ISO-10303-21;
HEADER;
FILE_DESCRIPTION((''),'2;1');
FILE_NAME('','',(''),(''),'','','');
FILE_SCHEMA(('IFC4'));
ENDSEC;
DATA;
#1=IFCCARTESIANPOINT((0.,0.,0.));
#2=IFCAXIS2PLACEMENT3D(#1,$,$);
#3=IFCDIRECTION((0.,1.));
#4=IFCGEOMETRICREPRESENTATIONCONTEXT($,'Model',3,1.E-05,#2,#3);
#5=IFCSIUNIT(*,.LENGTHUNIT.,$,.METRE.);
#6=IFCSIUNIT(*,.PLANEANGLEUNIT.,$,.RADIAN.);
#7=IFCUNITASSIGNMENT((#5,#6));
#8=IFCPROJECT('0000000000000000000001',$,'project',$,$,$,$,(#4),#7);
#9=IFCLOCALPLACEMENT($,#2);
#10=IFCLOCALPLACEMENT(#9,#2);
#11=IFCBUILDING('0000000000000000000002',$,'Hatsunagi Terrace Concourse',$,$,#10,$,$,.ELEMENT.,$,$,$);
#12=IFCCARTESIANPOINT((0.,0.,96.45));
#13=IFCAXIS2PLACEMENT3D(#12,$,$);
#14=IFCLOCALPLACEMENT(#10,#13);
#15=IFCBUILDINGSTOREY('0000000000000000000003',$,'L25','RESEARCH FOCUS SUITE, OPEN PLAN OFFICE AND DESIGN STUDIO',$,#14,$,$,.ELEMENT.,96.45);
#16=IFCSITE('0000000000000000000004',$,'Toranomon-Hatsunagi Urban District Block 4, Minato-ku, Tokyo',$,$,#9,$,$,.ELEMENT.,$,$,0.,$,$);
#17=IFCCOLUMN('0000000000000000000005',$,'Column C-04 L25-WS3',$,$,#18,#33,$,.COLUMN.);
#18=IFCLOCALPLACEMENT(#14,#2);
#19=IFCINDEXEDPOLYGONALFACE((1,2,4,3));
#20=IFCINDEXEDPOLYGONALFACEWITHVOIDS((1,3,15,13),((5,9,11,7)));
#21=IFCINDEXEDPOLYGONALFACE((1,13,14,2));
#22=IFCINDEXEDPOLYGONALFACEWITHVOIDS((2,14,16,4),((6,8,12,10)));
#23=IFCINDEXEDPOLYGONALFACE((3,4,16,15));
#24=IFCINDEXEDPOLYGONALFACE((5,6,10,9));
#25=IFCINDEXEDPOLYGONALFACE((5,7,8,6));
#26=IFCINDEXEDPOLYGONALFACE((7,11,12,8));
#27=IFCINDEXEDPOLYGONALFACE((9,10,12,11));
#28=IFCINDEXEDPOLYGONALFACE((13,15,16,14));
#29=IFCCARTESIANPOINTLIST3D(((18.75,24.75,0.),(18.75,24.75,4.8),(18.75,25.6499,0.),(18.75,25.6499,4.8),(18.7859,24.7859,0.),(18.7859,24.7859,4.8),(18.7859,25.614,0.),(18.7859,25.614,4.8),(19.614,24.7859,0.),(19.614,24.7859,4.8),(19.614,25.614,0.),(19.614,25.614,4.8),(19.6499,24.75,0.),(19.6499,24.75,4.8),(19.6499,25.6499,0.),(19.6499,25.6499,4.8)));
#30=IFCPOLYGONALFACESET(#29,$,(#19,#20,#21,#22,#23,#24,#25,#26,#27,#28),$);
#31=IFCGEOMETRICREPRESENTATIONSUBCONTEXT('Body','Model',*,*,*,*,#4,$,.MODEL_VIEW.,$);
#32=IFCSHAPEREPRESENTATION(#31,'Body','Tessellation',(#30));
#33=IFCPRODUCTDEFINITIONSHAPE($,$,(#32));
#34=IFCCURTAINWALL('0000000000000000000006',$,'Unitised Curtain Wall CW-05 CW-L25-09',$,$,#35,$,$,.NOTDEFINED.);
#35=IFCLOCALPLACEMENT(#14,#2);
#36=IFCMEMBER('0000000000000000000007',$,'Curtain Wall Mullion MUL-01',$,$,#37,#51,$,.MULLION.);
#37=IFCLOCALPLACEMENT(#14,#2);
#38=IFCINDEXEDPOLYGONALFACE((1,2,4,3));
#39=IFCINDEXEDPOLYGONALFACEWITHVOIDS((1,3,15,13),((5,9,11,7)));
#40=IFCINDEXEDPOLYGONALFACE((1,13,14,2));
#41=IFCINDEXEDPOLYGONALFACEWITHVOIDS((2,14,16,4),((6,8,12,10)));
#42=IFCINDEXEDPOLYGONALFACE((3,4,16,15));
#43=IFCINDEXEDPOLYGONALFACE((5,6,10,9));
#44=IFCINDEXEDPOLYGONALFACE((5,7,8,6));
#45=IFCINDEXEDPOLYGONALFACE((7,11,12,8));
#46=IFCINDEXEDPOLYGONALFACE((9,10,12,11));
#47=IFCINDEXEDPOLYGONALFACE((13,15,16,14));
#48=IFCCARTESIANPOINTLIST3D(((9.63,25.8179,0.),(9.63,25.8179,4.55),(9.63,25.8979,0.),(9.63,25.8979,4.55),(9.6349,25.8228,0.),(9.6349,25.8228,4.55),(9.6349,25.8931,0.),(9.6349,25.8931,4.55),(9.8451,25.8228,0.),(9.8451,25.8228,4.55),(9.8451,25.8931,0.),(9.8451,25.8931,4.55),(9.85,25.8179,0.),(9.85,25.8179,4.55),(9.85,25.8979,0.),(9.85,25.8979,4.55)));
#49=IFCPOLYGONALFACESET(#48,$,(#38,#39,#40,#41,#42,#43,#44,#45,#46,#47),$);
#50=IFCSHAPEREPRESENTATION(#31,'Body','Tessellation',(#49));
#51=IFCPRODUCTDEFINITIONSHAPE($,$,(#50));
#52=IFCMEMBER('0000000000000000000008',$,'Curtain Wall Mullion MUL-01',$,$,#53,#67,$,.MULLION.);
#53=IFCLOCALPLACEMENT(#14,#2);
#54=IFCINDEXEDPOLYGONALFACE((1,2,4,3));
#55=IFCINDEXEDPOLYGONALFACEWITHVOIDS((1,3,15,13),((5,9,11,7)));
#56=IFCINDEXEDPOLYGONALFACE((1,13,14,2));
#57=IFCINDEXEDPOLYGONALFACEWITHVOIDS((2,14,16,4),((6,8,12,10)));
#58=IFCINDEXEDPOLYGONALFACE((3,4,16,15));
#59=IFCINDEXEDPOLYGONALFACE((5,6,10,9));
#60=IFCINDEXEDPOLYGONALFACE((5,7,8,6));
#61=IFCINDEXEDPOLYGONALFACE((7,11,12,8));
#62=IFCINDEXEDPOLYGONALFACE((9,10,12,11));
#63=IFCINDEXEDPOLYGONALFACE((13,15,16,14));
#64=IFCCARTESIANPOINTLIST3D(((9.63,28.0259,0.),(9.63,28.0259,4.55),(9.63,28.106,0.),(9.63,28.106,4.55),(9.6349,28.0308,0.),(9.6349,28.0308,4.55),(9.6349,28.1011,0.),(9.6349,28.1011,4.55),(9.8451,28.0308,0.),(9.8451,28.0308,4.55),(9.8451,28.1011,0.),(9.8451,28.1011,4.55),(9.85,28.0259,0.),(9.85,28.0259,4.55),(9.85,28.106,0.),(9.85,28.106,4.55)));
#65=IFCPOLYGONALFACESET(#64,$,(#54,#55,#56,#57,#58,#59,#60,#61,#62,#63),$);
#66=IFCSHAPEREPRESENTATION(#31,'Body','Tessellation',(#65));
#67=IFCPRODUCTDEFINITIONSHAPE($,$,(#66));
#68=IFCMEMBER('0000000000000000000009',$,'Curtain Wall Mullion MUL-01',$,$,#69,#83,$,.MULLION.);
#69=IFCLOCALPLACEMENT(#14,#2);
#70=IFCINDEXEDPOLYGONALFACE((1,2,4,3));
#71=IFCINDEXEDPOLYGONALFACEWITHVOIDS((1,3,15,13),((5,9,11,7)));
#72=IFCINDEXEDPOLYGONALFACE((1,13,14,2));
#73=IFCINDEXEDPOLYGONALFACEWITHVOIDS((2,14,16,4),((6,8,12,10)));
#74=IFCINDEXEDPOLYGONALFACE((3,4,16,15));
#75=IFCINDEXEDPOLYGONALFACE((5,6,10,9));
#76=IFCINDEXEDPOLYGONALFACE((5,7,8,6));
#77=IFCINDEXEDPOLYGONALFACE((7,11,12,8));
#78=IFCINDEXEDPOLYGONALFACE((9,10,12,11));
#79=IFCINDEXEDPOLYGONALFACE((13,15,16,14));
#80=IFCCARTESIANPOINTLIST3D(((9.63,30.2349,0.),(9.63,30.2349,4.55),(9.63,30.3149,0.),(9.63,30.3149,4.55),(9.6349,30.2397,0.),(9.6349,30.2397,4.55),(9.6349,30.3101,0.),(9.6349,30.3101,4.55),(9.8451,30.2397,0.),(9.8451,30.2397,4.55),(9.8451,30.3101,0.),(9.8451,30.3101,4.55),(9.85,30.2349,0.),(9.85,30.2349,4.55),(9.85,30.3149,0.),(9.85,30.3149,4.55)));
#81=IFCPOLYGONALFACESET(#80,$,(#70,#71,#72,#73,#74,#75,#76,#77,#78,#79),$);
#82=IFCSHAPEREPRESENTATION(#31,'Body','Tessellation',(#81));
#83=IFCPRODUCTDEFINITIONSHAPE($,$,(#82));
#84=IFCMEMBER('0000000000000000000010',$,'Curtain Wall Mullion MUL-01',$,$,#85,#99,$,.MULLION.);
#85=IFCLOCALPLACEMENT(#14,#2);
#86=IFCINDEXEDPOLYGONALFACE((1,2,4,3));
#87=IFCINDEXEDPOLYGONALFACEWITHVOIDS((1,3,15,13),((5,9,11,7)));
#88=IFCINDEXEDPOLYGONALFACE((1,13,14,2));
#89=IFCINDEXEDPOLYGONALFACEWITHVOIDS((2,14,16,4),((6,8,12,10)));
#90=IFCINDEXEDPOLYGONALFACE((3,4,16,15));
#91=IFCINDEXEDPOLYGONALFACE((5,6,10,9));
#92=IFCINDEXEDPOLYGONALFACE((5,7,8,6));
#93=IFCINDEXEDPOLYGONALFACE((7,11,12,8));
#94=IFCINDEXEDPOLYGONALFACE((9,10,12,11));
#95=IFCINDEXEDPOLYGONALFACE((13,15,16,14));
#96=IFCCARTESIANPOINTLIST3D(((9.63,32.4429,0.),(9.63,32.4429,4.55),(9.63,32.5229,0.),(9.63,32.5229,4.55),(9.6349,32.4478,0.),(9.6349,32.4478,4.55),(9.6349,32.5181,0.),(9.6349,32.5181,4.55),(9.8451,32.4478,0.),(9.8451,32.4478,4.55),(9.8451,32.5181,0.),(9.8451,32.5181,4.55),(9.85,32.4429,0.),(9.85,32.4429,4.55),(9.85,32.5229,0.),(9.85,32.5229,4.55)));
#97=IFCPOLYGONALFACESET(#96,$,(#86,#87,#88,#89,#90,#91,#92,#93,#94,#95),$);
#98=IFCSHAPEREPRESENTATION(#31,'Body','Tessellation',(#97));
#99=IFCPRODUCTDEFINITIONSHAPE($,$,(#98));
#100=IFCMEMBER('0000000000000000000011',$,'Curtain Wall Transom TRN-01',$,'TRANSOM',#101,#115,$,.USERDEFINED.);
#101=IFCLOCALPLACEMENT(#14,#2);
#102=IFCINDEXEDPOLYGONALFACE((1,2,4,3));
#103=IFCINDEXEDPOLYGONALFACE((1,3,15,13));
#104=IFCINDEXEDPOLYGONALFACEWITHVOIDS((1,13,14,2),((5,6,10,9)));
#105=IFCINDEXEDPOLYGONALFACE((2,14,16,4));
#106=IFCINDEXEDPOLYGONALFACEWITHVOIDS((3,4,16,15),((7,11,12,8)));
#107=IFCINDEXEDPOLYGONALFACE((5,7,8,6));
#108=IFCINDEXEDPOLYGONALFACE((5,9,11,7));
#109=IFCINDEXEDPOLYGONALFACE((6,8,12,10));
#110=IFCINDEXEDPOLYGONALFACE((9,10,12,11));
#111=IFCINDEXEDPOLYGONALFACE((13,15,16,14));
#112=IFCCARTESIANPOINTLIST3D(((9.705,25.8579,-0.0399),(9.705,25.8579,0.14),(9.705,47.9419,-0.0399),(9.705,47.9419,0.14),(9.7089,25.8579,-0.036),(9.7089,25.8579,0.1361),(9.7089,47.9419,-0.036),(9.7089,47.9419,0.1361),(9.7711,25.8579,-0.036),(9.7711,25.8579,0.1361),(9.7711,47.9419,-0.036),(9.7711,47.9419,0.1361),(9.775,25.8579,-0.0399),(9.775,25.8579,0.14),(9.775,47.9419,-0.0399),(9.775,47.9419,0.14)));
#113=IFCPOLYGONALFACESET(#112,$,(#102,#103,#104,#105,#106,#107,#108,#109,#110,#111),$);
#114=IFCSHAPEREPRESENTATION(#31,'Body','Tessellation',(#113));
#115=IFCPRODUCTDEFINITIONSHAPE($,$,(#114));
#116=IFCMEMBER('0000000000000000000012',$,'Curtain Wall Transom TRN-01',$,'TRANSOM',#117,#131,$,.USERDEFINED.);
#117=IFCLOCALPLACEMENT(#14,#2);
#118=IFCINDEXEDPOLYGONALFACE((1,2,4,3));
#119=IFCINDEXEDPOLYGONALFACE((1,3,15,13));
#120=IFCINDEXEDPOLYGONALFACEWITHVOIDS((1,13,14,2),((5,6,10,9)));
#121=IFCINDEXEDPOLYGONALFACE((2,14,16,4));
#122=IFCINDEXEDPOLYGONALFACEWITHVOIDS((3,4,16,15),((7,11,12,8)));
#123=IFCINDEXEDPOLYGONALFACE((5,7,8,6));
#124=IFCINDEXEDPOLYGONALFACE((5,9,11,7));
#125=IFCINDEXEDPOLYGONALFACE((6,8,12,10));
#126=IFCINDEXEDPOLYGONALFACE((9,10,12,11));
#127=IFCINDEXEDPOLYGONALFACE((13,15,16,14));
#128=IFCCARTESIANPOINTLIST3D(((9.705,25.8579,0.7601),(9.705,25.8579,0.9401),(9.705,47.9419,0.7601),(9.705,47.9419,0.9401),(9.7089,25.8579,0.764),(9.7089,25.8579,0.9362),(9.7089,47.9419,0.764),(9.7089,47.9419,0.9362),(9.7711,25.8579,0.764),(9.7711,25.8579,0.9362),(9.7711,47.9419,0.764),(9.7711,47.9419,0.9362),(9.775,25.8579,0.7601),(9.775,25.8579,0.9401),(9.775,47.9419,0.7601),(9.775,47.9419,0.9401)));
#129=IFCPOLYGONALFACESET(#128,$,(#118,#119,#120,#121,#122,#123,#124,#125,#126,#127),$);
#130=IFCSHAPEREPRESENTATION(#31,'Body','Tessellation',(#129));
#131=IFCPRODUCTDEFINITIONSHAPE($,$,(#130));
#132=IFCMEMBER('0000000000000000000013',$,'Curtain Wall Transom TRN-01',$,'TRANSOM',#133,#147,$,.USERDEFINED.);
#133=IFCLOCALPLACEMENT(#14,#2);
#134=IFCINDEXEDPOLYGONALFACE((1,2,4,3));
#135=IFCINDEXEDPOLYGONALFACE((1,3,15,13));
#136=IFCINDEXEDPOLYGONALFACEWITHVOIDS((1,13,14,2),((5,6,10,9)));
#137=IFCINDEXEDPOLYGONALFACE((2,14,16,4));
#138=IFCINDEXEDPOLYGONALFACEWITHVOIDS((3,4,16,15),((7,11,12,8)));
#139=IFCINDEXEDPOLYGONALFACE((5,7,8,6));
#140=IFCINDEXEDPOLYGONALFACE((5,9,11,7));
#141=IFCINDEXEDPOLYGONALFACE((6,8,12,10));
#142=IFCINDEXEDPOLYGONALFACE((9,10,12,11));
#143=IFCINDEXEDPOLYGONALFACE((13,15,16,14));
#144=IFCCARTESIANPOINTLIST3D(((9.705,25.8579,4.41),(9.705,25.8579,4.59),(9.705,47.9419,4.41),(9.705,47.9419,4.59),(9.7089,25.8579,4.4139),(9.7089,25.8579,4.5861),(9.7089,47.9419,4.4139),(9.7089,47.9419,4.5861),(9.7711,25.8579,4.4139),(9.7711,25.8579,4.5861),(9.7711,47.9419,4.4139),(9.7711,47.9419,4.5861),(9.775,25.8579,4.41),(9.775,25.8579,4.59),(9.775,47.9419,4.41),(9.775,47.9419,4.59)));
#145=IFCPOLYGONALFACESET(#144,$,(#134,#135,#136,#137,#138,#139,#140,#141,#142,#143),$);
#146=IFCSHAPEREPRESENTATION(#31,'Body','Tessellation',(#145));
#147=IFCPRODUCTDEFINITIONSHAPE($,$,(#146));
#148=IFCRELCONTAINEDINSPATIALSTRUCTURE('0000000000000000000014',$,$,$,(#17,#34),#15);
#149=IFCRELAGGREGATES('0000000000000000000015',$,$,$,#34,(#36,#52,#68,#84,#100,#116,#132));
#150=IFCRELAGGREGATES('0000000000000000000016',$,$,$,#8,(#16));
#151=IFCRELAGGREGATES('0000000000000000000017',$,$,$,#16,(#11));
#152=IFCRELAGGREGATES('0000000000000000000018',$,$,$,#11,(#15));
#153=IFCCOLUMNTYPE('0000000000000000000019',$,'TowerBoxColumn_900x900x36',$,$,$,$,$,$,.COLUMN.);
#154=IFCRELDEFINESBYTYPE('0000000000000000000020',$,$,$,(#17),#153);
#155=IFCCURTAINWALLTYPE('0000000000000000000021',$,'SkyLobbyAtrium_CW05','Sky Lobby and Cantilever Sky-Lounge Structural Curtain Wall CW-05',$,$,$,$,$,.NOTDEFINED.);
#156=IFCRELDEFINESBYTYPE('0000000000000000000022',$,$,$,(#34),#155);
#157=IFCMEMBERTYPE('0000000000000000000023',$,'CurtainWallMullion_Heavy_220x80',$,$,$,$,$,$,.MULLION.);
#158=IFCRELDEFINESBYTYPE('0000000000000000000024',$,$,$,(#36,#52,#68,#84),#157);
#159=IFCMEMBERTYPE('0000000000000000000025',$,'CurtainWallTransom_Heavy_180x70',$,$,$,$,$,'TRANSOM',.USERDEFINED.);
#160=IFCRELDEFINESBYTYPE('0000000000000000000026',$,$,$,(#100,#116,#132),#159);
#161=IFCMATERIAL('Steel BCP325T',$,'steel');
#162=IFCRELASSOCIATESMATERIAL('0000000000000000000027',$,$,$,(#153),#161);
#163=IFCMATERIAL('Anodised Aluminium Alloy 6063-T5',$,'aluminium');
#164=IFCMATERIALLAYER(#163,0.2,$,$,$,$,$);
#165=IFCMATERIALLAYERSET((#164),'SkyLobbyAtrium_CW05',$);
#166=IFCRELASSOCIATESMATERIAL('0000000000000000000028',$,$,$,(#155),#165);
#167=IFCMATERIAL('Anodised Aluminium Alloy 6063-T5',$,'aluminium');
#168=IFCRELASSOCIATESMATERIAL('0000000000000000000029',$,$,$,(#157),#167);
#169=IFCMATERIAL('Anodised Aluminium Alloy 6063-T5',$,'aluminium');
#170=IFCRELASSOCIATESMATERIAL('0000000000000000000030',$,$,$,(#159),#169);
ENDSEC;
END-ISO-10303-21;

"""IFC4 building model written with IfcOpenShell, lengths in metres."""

from ifc_helpers import new_model, si_unit, direction, frame, origin, origin_2d, place, context, subcontext, project, spatial, hollow_rectangle, extrude, material, layer, layer_set, material_profile, profile_set, type_object, element, aggregate, save


model = new_model("IFC4")

# Units and contexts
model_context = context("Model", 3, precision=1e-05, world=origin(), true_north=direction((0.0, 1.0)))
body_context = subcontext(model_context, "Body", "Model", "MODEL_VIEW")
ifc_project = project(units=[si_unit("LENGTHUNIT", "METRE"), si_unit("PLANEANGLEUNIT", "RADIAN")], contexts=[model_context])

# Site, building, storey
site_placement = place(None, origin())
site = spatial("IfcSite", under=ifc_project, at=site_placement, Name="Toranomon-Hatsunagi Urban District Block 4, Minato-ku, Tokyo", CompositionType="ELEMENT", RefElevation=0.0)
building_placement = place(site_placement, origin())
building = spatial("IfcBuilding", under=site, at=building_placement, Name="Hatsunagi Terrace Concourse", CompositionType="ELEMENT")
storey_placement = place(building_placement, frame((0.0, 0.0, 96.45)))
storey = spatial("IfcBuildingStorey", under=building, at=storey_placement, Name="L25", Description="RESEARCH FOCUS SUITE, OPEN PLAN OFFICE AND DESIGN STUDIO", CompositionType="ELEMENT", Elevation=96.45)

# Column
ifc_material_1 = material(Name="Steel BCP325T", Category="steel")
ifc_material_profile_1 = material_profile(ifc_material_1, hollow_rectangle(XDim=0.8999, YDim=0.8999, WallThickness=0.0359, at=origin_2d()), Name="BCP-900x900x36")
ifc_profile_set_1 = profile_set([ifc_material_profile_1], Name="Steel BCP325T")
column_type = type_object("IfcColumnType", Name="TowerBoxColumn_900x900x36", PredefinedType="COLUMN", material=ifc_profile_set_1)
column_placement = place(storey_placement, frame((19.2, 25.2, 0.0), z_axis=(0.0, 0.0, 1.0), x_axis=(1.0, 0.0, 0.0)))
element("IfcColumn", 1, at=column_placement, inside=storey, type_object=column_type, Name="Column C-04 L25-WS3", PredefinedType="COLUMN", context=body_context, shape_type="SweptSolid", body=[
    extrude(hollow_rectangle(XDim=0.8999, YDim=0.8999, WallThickness=0.0359, at=origin_2d()), origin(), (0.0, 0.0, 1.0), 4.8),
])

# Curtain wall, members
ifc_material_2 = material(Name="Anodised Aluminium Alloy 6063-T5", Category="aluminium")
ifc_layer_1 = layer(ifc_material_2, 0.2)
ifc_layer_set_1 = layer_set([ifc_layer_1], Name="SkyLobbyAtrium_CW05")
curtain_wall_type = type_object("IfcCurtainWallType", Name="SkyLobbyAtrium_CW05", Description="Sky Lobby and Cantilever Sky-Lounge Structural Curtain Wall CW-05", PredefinedType="NOTDEFINED", material=ifc_layer_set_1)
curtain_wall_placement = place(storey_placement, origin())
curtain_wall = element("IfcCurtainWall", 2, at=curtain_wall_placement, inside=storey, type_object=curtain_wall_type, Name="Unitised Curtain Wall CW-05 CW-L25-09", PredefinedType="NOTDEFINED")
ifc_material_3 = material(Name="Anodised Aluminium Alloy 6063-T5", Category="aluminium")
ifc_material_profile_2 = material_profile(ifc_material_3, hollow_rectangle(XDim=0.0801, YDim=0.22, WallThickness=0.0049, at=origin_2d()), Name="ALU-MUL-220x80x5")
ifc_profile_set_2 = profile_set([ifc_material_profile_2], Name="Anodised Aluminium Alloy 6063-T5")
member_type_1 = type_object("IfcMemberType", Name="CurtainWallMullion_Heavy_220x80", PredefinedType="MULLION", material=ifc_profile_set_2)
member_1_placement = place(storey_placement, frame((9.74, 25.8579, 0.0), z_axis=(0.0, 0.0, 1.0), x_axis=(0.0, 1.0, 0.0)))
member_1 = element("IfcMember", 3, at=member_1_placement, type_object=member_type_1, Name="Curtain Wall Mullion MUL-01", PredefinedType="MULLION", context=body_context, shape_type="SweptSolid", body=[
    extrude(hollow_rectangle(XDim=0.0801, YDim=0.22, WallThickness=0.0049, at=origin_2d()), origin(), (0.0, 0.0, 1.0), 4.55),
])
member_2_placement = place(storey_placement, frame((9.74, 28.0659, 0.0), z_axis=(0.0, 0.0, 1.0), x_axis=(0.0, 1.0, 0.0)))
member_2 = element("IfcMember", 4, at=member_2_placement, type_object=member_type_1, Name="Curtain Wall Mullion MUL-01", PredefinedType="MULLION", context=body_context, shape_type="SweptSolid", body=[
    extrude(hollow_rectangle(XDim=0.0801, YDim=0.22, WallThickness=0.0049, at=origin_2d()), origin(), (0.0, 0.0, 1.0), 4.55),
])
member_3_placement = place(storey_placement, frame((9.74, 30.2749, 0.0), z_axis=(0.0, 0.0, 1.0), x_axis=(0.0, 1.0, 0.0)))
member_3 = element("IfcMember", 5, at=member_3_placement, type_object=member_type_1, Name="Curtain Wall Mullion MUL-01", PredefinedType="MULLION", context=body_context, shape_type="SweptSolid", body=[
    extrude(hollow_rectangle(XDim=0.0801, YDim=0.22, WallThickness=0.0049, at=origin_2d()), origin(), (0.0, 0.0, 1.0), 4.55),
])
member_4_placement = place(storey_placement, frame((9.74, 32.4829, 0.0), z_axis=(0.0, 0.0, 1.0), x_axis=(0.0, 1.0, 0.0)))
member_4 = element("IfcMember", 6, at=member_4_placement, type_object=member_type_1, Name="Curtain Wall Mullion MUL-01", PredefinedType="MULLION", context=body_context, shape_type="SweptSolid", body=[
    extrude(hollow_rectangle(XDim=0.0801, YDim=0.22, WallThickness=0.0049, at=origin_2d()), origin(), (0.0, 0.0, 1.0), 4.55),
])
ifc_material_4 = material(Name="Anodised Aluminium Alloy 6063-T5", Category="aluminium")
ifc_material_profile_3 = material_profile(ifc_material_4, hollow_rectangle(XDim=0.0701, YDim=0.1799, WallThickness=0.0039, at=origin_2d()), Name="ALU-TRN-180x70x4")
ifc_profile_set_3 = profile_set([ifc_material_profile_3], Name="Anodised Aluminium Alloy 6063-T5")
member_type_2 = type_object("IfcMemberType", Name="CurtainWallTransom_Heavy_180x70", ElementType="TRANSOM", PredefinedType="USERDEFINED", material=ifc_profile_set_3)
member_5_placement = place(storey_placement, frame((9.74, 25.8579, 0.05), z_axis=(0.0, 1.0, 0.0), x_axis=(-1.0, 0.0, 0.0)))
member_5 = element("IfcMember", 7, at=member_5_placement, type_object=member_type_2, Name="Curtain Wall Transom TRN-01", ObjectType="TRANSOM", PredefinedType="USERDEFINED", context=body_context, shape_type="SweptSolid", body=[
    extrude(hollow_rectangle(XDim=0.0701, YDim=0.1799, WallThickness=0.0039, at=origin_2d()), origin(), (0.0, 0.0, 1.0), 22.084),
])
member_6_placement = place(storey_placement, frame((9.74, 25.8579, 0.8501), z_axis=(0.0, 1.0, 0.0), x_axis=(-1.0, 0.0, 0.0)))
member_6 = element("IfcMember", 8, at=member_6_placement, type_object=member_type_2, Name="Curtain Wall Transom TRN-01", ObjectType="TRANSOM", PredefinedType="USERDEFINED", context=body_context, shape_type="SweptSolid", body=[
    extrude(hollow_rectangle(XDim=0.0701, YDim=0.1799, WallThickness=0.0039, at=origin_2d()), origin(), (0.0, 0.0, 1.0), 22.084),
])
member_7_placement = place(storey_placement, frame((9.74, 25.8579, 4.5), z_axis=(0.0, 1.0, 0.0), x_axis=(-1.0, 0.0, 0.0)))
member_7 = element("IfcMember", 9, at=member_7_placement, type_object=member_type_2, Name="Curtain Wall Transom TRN-01", ObjectType="TRANSOM", PredefinedType="USERDEFINED", context=body_context, shape_type="SweptSolid", body=[
    extrude(hollow_rectangle(XDim=0.0701, YDim=0.1799, WallThickness=0.0039, at=origin_2d()), origin(), (0.0, 0.0, 1.0), 22.084),
])

aggregate(curtain_wall, [member_1, member_2, member_3, member_4, member_5, member_6, member_7])

save(model, "model.ifc")
